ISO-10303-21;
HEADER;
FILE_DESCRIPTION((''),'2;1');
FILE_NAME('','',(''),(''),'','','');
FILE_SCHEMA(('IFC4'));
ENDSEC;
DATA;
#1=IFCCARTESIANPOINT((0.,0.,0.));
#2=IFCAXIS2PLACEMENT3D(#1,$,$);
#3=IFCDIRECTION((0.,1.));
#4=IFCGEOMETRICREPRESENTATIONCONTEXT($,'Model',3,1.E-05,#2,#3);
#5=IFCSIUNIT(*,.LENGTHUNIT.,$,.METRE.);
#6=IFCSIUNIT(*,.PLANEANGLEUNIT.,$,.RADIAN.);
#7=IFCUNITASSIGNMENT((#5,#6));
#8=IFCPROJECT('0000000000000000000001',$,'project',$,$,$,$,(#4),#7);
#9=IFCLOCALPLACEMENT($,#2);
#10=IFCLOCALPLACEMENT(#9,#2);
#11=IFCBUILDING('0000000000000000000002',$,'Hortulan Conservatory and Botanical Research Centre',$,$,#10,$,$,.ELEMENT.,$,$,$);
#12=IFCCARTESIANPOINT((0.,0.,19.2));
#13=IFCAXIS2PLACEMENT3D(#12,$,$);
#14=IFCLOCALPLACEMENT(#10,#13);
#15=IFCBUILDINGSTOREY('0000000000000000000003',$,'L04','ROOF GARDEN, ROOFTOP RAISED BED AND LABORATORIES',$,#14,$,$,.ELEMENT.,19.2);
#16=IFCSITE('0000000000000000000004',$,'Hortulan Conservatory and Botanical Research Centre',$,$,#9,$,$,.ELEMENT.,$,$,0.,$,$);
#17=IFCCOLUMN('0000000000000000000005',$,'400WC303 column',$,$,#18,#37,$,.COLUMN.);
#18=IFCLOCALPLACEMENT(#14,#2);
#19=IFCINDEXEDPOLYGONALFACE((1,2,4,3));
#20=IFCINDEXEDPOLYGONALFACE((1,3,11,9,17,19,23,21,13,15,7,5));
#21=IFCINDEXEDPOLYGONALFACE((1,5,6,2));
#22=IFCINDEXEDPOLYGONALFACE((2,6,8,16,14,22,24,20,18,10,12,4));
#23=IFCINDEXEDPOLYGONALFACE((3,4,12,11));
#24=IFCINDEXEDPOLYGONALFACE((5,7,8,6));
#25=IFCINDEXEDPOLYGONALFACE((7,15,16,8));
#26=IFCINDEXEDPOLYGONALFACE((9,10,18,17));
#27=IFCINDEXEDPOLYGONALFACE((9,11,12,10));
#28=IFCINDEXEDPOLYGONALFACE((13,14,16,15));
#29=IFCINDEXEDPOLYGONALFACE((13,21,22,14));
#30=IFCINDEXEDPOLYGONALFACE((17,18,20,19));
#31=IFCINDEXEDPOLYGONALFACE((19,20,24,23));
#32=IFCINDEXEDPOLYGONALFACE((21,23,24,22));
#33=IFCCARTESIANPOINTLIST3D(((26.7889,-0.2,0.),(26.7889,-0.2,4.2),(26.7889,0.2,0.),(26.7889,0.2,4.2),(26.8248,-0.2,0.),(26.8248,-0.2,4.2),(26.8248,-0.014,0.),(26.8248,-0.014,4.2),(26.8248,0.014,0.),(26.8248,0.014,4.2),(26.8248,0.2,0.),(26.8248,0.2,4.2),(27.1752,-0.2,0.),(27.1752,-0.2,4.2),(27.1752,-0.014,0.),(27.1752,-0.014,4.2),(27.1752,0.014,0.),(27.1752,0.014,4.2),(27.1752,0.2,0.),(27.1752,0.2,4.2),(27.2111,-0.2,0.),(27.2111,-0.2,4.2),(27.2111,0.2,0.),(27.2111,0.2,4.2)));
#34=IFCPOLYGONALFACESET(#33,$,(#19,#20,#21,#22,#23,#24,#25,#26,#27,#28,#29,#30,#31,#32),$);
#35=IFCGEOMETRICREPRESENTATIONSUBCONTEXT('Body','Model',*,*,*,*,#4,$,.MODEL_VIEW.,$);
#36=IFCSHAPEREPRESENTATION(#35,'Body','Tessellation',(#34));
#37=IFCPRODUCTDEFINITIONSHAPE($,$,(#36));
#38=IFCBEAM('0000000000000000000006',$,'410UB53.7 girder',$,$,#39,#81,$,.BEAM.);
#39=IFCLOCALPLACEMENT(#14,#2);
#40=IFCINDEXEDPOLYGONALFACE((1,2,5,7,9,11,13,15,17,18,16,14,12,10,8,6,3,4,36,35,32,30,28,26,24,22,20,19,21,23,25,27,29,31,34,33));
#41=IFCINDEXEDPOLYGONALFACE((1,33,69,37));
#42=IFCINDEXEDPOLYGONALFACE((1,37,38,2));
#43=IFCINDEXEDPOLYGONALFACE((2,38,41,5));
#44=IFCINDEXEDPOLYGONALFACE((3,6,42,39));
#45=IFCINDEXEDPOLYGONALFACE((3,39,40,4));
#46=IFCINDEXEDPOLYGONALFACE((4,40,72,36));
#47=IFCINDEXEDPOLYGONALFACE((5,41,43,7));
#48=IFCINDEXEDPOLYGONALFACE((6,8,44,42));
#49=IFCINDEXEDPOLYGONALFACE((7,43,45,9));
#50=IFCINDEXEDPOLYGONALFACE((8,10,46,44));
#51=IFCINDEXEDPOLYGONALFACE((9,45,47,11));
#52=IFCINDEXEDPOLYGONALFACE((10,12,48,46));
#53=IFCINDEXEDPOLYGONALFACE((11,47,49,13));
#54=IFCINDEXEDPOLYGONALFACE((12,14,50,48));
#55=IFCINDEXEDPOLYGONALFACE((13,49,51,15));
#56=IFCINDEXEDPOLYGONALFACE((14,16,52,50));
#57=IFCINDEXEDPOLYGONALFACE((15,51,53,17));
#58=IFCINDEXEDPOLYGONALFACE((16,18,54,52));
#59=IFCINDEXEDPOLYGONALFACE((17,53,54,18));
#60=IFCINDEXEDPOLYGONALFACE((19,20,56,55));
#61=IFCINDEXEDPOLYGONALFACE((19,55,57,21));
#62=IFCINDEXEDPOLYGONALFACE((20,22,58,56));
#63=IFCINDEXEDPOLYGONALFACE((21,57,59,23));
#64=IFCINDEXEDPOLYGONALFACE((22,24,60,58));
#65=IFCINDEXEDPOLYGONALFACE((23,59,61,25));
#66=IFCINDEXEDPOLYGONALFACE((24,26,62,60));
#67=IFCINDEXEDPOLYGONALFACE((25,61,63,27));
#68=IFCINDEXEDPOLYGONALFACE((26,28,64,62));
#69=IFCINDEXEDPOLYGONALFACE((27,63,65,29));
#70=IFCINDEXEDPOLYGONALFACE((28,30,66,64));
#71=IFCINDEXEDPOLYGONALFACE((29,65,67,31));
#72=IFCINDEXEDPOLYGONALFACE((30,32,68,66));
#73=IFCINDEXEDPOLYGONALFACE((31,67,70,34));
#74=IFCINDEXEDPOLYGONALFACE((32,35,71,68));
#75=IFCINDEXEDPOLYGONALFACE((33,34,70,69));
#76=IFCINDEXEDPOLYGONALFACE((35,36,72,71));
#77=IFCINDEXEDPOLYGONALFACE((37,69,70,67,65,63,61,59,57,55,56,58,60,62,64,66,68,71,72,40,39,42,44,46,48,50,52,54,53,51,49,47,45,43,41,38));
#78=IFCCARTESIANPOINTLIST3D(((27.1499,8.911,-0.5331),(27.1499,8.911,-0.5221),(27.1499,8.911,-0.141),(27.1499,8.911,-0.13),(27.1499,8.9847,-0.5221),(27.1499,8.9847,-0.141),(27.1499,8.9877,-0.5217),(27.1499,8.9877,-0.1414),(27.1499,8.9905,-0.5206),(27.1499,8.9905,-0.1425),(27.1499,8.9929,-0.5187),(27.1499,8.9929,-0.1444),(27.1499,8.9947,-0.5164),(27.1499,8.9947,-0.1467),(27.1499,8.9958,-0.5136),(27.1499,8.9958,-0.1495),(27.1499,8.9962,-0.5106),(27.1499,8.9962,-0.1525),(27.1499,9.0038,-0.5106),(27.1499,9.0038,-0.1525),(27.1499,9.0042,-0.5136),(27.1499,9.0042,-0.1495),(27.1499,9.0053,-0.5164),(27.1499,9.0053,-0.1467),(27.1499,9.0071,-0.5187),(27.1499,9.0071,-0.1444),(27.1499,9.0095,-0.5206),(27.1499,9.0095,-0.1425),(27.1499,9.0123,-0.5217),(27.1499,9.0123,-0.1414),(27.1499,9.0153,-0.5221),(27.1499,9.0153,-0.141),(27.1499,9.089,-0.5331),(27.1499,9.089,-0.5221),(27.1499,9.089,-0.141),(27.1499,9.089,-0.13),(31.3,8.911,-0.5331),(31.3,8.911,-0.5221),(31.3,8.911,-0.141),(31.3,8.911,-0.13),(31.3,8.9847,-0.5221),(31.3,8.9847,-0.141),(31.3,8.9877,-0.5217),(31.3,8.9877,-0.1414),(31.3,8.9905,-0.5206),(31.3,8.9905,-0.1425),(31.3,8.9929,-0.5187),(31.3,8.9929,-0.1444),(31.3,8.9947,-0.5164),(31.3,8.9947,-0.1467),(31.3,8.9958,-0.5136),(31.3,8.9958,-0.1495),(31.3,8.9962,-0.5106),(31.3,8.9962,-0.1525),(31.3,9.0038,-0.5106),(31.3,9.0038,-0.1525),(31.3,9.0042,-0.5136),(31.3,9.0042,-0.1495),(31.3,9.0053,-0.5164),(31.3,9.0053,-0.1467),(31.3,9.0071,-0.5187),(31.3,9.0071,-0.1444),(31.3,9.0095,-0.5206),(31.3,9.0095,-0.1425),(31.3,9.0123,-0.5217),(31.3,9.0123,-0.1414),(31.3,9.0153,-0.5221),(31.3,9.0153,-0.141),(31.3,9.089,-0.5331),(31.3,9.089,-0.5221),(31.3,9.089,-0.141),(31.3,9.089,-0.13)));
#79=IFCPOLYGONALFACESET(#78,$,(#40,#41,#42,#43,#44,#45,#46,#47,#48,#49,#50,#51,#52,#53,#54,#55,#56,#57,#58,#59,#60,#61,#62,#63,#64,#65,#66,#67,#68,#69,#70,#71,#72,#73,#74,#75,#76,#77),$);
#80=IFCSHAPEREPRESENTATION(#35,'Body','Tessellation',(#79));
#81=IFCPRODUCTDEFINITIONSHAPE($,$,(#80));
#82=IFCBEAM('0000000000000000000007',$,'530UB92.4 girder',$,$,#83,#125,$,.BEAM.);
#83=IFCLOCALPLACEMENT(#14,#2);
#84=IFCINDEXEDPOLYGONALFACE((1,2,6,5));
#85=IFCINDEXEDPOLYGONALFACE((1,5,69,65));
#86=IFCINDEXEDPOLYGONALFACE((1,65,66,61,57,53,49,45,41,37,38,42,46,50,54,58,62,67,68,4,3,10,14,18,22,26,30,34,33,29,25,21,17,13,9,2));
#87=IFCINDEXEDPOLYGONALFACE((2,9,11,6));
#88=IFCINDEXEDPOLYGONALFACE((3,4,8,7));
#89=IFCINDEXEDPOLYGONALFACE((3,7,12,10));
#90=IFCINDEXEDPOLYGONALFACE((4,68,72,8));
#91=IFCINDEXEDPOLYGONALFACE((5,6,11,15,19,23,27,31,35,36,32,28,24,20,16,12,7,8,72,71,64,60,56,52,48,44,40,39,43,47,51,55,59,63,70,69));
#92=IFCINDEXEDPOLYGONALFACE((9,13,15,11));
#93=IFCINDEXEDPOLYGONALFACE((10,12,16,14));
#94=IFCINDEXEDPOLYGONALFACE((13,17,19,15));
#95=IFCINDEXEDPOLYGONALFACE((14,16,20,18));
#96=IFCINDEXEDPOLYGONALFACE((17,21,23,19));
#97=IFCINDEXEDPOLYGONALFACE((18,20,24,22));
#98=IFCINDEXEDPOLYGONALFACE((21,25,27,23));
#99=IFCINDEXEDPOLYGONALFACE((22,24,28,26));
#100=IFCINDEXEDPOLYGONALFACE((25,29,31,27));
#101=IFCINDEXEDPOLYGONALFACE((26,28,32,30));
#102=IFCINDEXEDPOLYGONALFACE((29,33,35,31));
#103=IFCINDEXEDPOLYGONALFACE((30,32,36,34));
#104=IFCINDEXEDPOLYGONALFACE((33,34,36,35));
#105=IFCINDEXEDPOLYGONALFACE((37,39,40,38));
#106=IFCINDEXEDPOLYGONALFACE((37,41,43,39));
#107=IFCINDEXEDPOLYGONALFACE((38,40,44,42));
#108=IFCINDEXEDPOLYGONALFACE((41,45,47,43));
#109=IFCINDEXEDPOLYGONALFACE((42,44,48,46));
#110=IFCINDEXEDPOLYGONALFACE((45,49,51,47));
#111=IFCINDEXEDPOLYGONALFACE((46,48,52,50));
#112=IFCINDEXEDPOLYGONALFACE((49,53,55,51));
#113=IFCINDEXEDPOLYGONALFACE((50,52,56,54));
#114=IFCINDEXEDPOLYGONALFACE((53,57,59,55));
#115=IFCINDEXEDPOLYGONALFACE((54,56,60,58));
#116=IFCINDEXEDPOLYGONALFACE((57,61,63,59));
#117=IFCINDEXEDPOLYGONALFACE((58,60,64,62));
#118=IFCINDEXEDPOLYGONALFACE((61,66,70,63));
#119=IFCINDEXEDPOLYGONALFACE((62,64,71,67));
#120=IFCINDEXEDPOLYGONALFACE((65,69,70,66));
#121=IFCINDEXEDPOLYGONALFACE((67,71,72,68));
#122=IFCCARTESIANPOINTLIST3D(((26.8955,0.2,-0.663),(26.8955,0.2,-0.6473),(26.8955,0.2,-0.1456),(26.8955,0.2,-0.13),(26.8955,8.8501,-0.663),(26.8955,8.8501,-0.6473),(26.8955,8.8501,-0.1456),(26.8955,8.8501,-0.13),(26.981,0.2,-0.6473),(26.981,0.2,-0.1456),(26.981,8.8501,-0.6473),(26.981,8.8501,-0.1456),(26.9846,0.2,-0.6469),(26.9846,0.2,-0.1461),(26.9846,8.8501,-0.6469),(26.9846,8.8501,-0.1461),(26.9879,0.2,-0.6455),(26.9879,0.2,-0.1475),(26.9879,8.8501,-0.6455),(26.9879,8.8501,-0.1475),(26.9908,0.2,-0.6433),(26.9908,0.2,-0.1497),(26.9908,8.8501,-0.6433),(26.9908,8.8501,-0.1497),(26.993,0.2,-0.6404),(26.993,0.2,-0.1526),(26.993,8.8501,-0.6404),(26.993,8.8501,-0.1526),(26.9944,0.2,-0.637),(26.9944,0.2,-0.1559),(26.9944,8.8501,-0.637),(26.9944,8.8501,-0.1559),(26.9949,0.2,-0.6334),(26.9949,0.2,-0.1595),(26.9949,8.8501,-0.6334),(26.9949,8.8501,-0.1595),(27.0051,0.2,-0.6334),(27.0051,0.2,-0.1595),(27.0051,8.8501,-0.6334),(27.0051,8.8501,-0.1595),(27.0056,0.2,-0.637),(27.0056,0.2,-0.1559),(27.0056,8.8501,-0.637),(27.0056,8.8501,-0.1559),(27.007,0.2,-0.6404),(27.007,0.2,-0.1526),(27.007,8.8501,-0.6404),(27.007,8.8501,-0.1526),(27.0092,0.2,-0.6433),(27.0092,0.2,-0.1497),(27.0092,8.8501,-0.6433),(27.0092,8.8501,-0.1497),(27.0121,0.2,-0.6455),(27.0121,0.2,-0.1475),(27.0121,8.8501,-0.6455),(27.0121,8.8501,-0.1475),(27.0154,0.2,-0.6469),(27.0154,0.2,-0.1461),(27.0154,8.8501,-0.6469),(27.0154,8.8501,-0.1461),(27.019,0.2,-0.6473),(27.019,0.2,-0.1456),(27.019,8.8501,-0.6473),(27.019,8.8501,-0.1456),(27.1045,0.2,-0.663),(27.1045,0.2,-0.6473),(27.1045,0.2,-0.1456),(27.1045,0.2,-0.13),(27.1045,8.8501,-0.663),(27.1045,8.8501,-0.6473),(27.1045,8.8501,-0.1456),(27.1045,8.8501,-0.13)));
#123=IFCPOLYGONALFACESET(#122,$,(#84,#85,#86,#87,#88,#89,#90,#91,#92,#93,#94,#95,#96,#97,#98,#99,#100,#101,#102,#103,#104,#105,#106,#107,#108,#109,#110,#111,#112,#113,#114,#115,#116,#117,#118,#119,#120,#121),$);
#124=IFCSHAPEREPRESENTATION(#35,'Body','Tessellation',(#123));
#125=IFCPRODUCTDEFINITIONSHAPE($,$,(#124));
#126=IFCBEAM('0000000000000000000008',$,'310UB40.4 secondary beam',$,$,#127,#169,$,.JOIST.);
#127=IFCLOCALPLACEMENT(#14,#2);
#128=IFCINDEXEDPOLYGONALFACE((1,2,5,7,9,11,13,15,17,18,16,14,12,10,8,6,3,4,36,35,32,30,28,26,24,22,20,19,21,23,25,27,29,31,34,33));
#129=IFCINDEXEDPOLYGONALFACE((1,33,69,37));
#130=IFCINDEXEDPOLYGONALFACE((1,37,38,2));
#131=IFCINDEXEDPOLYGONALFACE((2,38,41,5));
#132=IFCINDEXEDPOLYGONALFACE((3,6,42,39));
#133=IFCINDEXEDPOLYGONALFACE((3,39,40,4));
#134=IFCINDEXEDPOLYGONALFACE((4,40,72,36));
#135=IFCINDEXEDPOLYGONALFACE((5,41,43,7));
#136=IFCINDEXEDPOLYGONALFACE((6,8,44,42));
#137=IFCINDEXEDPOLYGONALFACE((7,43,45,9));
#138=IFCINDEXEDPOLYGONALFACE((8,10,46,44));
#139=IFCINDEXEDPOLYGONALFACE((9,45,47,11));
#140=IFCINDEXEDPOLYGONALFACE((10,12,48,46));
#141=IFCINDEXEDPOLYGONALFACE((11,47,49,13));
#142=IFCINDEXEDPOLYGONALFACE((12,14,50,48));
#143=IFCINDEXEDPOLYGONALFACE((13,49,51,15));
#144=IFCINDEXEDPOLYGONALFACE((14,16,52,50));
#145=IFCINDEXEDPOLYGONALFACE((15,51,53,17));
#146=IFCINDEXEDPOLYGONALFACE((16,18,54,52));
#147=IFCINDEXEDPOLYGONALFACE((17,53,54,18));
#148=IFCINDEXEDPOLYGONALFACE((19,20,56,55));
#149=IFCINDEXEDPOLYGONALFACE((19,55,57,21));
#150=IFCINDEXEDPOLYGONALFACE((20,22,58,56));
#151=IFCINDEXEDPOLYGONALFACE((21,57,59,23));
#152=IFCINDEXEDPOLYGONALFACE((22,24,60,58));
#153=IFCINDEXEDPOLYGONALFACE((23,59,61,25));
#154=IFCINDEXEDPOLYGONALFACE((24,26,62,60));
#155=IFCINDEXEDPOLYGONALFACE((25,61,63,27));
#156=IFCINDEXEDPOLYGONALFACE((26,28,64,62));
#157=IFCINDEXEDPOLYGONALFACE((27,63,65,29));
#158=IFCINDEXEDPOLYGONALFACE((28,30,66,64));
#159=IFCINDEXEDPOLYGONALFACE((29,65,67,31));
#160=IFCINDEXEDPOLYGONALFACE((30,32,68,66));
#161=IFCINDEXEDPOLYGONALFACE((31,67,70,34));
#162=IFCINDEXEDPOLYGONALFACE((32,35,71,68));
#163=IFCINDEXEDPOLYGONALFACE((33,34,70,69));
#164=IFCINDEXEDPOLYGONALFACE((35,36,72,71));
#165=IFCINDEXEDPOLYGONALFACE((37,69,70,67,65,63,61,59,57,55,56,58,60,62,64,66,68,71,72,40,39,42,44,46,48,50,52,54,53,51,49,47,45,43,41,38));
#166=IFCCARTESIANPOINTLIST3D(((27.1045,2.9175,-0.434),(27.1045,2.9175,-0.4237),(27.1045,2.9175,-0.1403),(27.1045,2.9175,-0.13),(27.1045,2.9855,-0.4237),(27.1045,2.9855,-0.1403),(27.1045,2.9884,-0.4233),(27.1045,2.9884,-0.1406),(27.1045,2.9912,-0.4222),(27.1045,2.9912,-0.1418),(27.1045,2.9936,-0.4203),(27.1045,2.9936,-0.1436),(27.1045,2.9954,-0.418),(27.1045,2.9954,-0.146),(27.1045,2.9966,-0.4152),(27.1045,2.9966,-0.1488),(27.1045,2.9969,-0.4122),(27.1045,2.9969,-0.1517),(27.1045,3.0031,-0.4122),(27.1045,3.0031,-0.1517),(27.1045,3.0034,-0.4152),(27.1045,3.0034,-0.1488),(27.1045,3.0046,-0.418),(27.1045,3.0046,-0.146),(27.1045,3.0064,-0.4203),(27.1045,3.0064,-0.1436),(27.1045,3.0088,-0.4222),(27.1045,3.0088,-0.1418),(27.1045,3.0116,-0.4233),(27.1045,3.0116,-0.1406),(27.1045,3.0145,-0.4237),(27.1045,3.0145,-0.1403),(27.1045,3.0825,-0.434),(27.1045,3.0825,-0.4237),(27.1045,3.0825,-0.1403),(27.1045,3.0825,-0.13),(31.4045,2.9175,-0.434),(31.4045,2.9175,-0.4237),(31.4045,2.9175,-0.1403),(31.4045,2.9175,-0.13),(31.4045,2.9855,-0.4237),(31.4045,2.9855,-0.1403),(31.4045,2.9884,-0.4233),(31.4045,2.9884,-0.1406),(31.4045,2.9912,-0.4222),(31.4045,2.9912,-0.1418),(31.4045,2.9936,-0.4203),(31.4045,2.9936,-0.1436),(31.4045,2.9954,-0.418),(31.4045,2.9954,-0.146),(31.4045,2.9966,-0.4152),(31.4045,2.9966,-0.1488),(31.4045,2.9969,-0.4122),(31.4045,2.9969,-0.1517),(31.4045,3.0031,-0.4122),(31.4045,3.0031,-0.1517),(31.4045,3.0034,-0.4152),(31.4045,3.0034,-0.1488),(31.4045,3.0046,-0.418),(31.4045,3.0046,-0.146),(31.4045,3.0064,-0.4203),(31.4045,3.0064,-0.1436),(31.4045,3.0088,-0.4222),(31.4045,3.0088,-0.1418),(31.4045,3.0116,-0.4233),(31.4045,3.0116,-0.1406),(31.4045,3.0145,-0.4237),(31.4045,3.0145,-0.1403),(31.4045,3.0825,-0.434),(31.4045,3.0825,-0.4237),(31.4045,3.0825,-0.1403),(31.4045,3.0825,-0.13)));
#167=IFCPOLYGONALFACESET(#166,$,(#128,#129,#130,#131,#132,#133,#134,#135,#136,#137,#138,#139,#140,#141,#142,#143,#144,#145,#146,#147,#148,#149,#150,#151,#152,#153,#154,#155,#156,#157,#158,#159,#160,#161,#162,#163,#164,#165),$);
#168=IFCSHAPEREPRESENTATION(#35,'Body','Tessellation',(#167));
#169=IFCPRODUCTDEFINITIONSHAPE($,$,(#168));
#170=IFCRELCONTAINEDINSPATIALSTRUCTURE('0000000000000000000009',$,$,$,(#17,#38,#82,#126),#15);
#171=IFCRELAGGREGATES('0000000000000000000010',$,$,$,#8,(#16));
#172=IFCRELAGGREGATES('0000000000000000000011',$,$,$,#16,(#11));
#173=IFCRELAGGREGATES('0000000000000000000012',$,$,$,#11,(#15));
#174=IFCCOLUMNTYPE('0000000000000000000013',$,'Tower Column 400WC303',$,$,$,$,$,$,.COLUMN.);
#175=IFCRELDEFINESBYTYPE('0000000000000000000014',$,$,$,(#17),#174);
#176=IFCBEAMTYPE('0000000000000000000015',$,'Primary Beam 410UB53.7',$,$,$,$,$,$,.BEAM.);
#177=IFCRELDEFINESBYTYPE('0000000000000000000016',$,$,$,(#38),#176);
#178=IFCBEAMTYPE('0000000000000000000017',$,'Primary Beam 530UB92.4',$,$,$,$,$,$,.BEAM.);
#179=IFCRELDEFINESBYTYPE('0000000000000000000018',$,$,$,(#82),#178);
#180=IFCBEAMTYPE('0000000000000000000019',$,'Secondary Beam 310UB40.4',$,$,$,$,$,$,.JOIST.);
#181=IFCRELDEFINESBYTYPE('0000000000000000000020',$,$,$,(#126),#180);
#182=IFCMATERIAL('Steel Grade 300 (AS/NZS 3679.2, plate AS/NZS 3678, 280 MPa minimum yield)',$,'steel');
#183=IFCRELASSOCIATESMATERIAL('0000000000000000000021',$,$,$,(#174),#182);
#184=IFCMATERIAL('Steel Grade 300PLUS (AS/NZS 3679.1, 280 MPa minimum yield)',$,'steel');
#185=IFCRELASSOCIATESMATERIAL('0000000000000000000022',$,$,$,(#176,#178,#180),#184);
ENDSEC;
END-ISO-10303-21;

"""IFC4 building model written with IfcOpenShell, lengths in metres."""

from ifc_helpers import new_model, si_unit, direction, frame, origin, origin_2d, place, context, subcontext, project, spatial, i_section, extrude, material, material_profile, profile_set, type_object, element, save


model = new_model("IFC4")

# Units and contexts
model_context = context("Model", 3, precision=1e-05, world=origin(), true_north=direction((0.0, 1.0)))
body_context = subcontext(model_context, "Body", "Model", "MODEL_VIEW")
ifc_project = project(units=[si_unit("LENGTHUNIT", "METRE"), si_unit("PLANEANGLEUNIT", "RADIAN")], contexts=[model_context])

# Site, building, storey
site_placement = place(None, origin())
site = spatial("IfcSite", under=ifc_project, at=site_placement, Name="Hortulan Conservatory and Botanical Research Centre", CompositionType="ELEMENT", RefElevation=0.0)
building_placement = place(site_placement, origin())
building = spatial("IfcBuilding", under=site, at=building_placement, Name="Hortulan Conservatory and Botanical Research Centre", CompositionType="ELEMENT")
storey_placement = place(building_placement, frame((0.0, 0.0, 19.2)))
storey = spatial("IfcBuildingStorey", under=building, at=storey_placement, Name="L04", Description="ROOF GARDEN, ROOFTOP RAISED BED AND LABORATORIES", CompositionType="ELEMENT", Elevation=19.2)

# Column
ifc_material_1 = material(Name="Steel Grade 300 (AS/NZS 3679.2, plate AS/NZS 3678, 280 MPa minimum yield)", Category="steel")
ifc_material_profile_1 = material_profile(ifc_material_1, i_section(OverallWidth=0.3999, OverallDepth=0.4221, WebThickness=0.0281, FlangeThickness=0.0359, at=origin_2d()), Name="400WC303")
ifc_profile_set_1 = profile_set([ifc_material_profile_1], Name="Steel Grade 300 (AS/NZS 3679.2, plate AS/NZS 3678, 280 MPa minimum yield)")
column_type = type_object("IfcColumnType", Name="Tower Column 400WC303", PredefinedType="COLUMN", material=ifc_profile_set_1)
column_placement = place(storey_placement, frame((27.0, 0.0, 0.0), z_axis=(0.0, 0.0, 1.0), x_axis=(0.0, 1.0, 0.0)))
element("IfcColumn", 1, at=column_placement, inside=storey, type_object=column_type, Name="400WC303 column", PredefinedType="COLUMN", context=body_context, shape_type="SweptSolid", body=[
    extrude(i_section(OverallWidth=0.3999, OverallDepth=0.4221, WebThickness=0.0281, FlangeThickness=0.0359, at=origin_2d()), origin(), (0.0, 0.0, 1.0), 4.2),
])

# Beams
ifc_material_2 = material(Name="Steel Grade 300PLUS (AS/NZS 3679.1, 280 MPa minimum yield)", Category="steel")
ifc_material_profile_2 = material_profile(ifc_material_2, i_section(OverallWidth=0.178, OverallDepth=0.4031, WebThickness=0.0076, FlangeThickness=0.011, FilletRadius=0.0115, at=origin_2d()), Name="410UB53.7")
ifc_profile_set_2 = profile_set([ifc_material_profile_2], Name="Steel Grade 300PLUS (AS/NZS 3679.1, 280 MPa minimum yield)")
beam_type_1 = type_object("IfcBeamType", Name="Primary Beam 410UB53.7", PredefinedType="BEAM", material=ifc_profile_set_2)
beam_1_placement = place(storey_placement, frame((27.1499, 9.0, -0.3315), z_axis=(1.0, 0.0, 0.0), x_axis=(0.0, 1.0, 0.0)))
element("IfcBeam", 2, at=beam_1_placement, inside=storey, type_object=beam_type_1, Name="410UB53.7 girder", PredefinedType="BEAM", context=body_context, shape_type="SweptSolid", body=[
    extrude(i_section(OverallWidth=0.178, OverallDepth=0.4031, WebThickness=0.0076, FlangeThickness=0.011, FilletRadius=0.0115, at=origin_2d()), origin(), (0.0, 0.0, 1.0), 4.1501),
])
ifc_material_profile_3 = material_profile(ifc_material_2, i_section(OverallWidth=0.209, OverallDepth=0.533, WebThickness=0.0103, FlangeThickness=0.0156, FilletRadius=0.0139, at=origin_2d()), Name="530UB92.4")
ifc_profile_set_3 = profile_set([ifc_material_profile_3], Name="Steel Grade 300PLUS (AS/NZS 3679.1, 280 MPa minimum yield)")
beam_type_2 = type_object("IfcBeamType", Name="Primary Beam 530UB92.4", PredefinedType="BEAM", material=ifc_profile_set_3)
beam_2_placement = place(storey_placement, frame((27.0, 0.2, -0.3965), z_axis=(0.0, 1.0, 0.0), x_axis=(-1.0, 0.0, 0.0)))
element("IfcBeam", 3, at=beam_2_placement, inside=storey, type_object=beam_type_2, Name="530UB92.4 girder", PredefinedType="BEAM", context=body_context, shape_type="SweptSolid", body=[
    extrude(i_section(OverallWidth=0.209, OverallDepth=0.533, WebThickness=0.0103, FlangeThickness=0.0156, FilletRadius=0.0139, at=origin_2d()), origin(), (0.0, 0.0, 1.0), 8.6501),
])
ifc_material_profile_4 = material_profile(ifc_material_2, i_section(OverallWidth=0.165, OverallDepth=0.304, WebThickness=0.0061, FlangeThickness=0.0103, FilletRadius=0.0115, at=origin_2d()), Name="310UB40.4")
ifc_profile_set_4 = profile_set([ifc_material_profile_4], Name="Steel Grade 300PLUS (AS/NZS 3679.1, 280 MPa minimum yield)")
beam_type_3 = type_object("IfcBeamType", Name="Secondary Beam 310UB40.4", PredefinedType="JOIST", material=ifc_profile_set_4)
for number, where, z_axis, x_axis, name in (
    (4, (27.1045, 3.0, -0.282), (1.0, 0.0, 0.0), (0.0, 1.0, 0.0), "310UB40.4 secondary beam"),
):
    element("IfcBeam", number, at=place(storey_placement, frame(where, z_axis=z_axis, x_axis=x_axis)), inside=storey, type_object=beam_type_3, Name=name, PredefinedType="JOIST", context=body_context, shape_type="SweptSolid", body=[
        extrude(i_section(OverallWidth=0.165, OverallDepth=0.304, WebThickness=0.0061, FlangeThickness=0.0103, FilletRadius=0.0115, at=origin_2d()), origin(), (0.0, 0.0, 1.0), 4.3),
    ])

save(model, "model.ifc")
